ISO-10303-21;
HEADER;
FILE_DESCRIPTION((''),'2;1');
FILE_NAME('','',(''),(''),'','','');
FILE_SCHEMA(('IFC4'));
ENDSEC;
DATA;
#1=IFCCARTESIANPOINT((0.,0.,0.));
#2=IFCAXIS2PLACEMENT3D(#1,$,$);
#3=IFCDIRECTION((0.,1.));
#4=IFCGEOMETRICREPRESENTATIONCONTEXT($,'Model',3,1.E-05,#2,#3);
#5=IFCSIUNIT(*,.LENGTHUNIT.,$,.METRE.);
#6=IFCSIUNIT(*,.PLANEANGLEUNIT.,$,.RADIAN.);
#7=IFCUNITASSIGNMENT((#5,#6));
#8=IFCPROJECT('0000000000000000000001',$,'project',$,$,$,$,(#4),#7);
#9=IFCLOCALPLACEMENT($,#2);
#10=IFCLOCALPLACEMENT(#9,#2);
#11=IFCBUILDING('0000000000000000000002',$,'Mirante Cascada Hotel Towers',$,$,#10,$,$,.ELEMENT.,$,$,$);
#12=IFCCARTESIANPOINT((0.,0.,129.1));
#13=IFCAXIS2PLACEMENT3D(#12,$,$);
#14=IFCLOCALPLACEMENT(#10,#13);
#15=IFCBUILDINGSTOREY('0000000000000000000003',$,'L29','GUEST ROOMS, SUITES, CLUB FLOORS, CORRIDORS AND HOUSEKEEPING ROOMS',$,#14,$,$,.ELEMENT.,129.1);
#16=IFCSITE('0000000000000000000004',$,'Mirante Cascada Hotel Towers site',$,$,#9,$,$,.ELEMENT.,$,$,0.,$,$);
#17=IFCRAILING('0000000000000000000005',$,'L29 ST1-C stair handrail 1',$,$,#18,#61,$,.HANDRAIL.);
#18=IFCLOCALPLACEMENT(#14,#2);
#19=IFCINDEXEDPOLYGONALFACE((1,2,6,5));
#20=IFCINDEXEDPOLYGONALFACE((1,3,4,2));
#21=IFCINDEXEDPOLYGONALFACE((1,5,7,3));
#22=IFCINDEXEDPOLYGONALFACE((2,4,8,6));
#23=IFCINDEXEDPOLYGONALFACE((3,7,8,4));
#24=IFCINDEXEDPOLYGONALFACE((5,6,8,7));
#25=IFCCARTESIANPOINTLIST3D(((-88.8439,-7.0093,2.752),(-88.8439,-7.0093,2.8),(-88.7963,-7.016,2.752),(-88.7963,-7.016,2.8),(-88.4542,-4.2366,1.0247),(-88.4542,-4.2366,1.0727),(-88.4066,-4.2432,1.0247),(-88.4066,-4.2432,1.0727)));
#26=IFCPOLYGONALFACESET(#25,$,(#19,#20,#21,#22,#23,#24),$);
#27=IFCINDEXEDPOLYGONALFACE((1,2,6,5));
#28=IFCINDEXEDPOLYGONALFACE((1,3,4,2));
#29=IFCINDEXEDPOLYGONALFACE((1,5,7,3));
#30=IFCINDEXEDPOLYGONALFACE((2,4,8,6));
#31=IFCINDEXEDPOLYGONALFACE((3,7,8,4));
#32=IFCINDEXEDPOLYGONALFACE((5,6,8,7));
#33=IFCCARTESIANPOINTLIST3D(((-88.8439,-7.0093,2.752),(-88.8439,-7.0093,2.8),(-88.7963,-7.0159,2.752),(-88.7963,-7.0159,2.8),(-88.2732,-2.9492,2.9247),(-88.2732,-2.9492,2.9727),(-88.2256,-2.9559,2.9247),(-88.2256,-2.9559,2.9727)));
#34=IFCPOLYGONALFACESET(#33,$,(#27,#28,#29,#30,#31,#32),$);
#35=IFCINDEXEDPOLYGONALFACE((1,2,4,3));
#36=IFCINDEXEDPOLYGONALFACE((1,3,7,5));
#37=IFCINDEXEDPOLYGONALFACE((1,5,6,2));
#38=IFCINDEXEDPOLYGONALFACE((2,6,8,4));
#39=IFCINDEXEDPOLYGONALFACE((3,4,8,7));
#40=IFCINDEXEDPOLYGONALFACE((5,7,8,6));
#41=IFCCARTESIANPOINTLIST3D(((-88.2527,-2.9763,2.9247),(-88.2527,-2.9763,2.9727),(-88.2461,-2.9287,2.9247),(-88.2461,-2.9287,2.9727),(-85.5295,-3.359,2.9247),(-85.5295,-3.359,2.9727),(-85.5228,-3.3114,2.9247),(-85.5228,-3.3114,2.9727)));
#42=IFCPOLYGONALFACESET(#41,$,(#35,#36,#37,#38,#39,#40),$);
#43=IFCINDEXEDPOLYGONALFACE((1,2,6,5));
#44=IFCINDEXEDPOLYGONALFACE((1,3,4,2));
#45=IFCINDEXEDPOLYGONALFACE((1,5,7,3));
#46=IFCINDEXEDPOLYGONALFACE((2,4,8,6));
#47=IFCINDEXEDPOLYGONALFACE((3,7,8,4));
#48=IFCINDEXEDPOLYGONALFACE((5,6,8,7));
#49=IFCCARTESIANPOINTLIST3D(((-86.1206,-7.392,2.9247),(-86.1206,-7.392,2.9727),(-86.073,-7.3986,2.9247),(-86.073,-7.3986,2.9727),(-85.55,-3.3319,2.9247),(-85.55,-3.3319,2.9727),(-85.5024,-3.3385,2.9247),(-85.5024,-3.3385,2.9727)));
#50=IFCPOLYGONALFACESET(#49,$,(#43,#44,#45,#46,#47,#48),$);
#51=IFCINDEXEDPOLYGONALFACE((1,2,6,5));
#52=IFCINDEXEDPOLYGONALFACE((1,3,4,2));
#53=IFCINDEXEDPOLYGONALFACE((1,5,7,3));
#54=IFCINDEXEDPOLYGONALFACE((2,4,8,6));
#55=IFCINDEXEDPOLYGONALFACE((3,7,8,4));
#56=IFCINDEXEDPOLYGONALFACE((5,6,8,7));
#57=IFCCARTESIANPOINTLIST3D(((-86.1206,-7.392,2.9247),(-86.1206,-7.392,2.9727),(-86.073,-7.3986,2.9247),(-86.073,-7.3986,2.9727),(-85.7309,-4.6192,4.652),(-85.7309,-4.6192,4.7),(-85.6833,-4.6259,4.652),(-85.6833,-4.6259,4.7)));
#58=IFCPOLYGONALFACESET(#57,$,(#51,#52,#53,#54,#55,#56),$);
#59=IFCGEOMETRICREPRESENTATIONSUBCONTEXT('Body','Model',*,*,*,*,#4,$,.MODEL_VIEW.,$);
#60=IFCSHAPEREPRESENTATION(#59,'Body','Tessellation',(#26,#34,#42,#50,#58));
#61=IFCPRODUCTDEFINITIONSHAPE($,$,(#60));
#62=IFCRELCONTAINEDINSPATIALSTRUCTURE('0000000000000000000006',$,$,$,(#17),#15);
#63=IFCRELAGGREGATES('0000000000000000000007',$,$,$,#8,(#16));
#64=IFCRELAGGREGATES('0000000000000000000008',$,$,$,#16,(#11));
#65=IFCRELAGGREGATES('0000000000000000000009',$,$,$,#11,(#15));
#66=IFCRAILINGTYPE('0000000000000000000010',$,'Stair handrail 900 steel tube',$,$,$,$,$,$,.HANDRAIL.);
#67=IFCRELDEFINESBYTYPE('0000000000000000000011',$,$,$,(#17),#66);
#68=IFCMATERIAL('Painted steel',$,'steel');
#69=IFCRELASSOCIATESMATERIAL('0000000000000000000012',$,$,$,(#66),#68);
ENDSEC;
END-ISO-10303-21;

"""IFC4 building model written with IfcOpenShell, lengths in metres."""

from ifc_helpers import new_model, si_unit, direction, frame, origin, origin_2d, place, context, subcontext, project, spatial, rectangle, extrude, material, type_object, element, save


model = new_model("IFC4")

# Units and contexts
model_context = context("Model", 3, precision=1e-05, world=origin(), true_north=direction((0.0, 1.0)))
body_context = subcontext(model_context, "Body", "Model", "MODEL_VIEW")
ifc_project = project(units=[si_unit("LENGTHUNIT", "METRE"), si_unit("PLANEANGLEUNIT", "RADIAN")], contexts=[model_context])

# Site, building, storey
site_placement = place(None, origin())
site = spatial("IfcSite", under=ifc_project, at=site_placement, Name="Mirante Cascada Hotel Towers site", CompositionType="ELEMENT", RefElevation=0.0)
building_placement = place(site_placement, origin())
building = spatial("IfcBuilding", under=site, at=building_placement, Name="Mirante Cascada Hotel Towers", CompositionType="ELEMENT")
storey_placement = place(building_placement, frame((0.0, 0.0, 129.1)))
storey = spatial("IfcBuildingStorey", under=building, at=storey_placement, Name="L29", Description="GUEST ROOMS, SUITES, CLUB FLOORS, CORRIDORS AND HOUSEKEEPING ROOMS", CompositionType="ELEMENT", Elevation=129.1)

# Railing
ifc_material_1 = material(Name="Painted steel", Category="steel")
railing_type_1 = type_object("IfcRailingType", Name="Stair handrail 900 steel tube", PredefinedType="HANDRAIL", material=ifc_material_1)
railing_1_placement = place(storey_placement, frame((-88.4304, -4.2399, 0.1727)))
element("IfcRailing", 1, at=railing_1_placement, inside=storey, type_object=railing_type_1, Name="L29 ST1-C stair handrail 1", PredefinedType="HANDRAIL", context=body_context, shape_type="SweptSolid", body=[
    extrude(rectangle(XDim=0.048, YDim=0.048, at=origin_2d()), frame((0.0, 0.0, 0.876), z_axis=(-0.139181, -0.990267, 0.0), x_axis=(0.990267, -0.139181, 0.0)), (0.0, 0.525035, 0.851081), 3.2899),
    extrude(rectangle(XDim=0.048, YDim=0.048, at=origin_2d()), frame((-0.3897, -2.7727, 2.6033), z_axis=(0.139195, 0.990265, 0.0), x_axis=(-0.990265, 0.139195, 0.0)), (0.0, 0.042084, 0.999114), 4.1036),
    extrude(rectangle(XDim=0.048, YDim=0.048, at=origin_2d()), frame((0.181, 1.2874, 2.776), z_axis=(0.990269, -0.139166, 0.0), x_axis=(0.139166, 0.990269, 0.0)), (0.0, 0.0, 1.0), 2.75),
    extrude(rectangle(XDim=0.048, YDim=0.048, at=origin_2d()), frame((2.9042, 0.9047, 2.776), z_axis=(-0.139171, -0.990268, 0.0), x_axis=(0.990268, -0.139171, 0.0)), (0.0, 0.0, 1.0), 4.1),
    extrude(rectangle(XDim=0.048, YDim=0.048, at=origin_2d()), frame((2.3336, -3.1554, 2.776), z_axis=(0.139181, 0.990267, 0.0), x_axis=(-0.990267, 0.139181, 0.0)), (0.0, 0.525035, 0.851081), 3.2899),
])

save(model, "model.ifc")
